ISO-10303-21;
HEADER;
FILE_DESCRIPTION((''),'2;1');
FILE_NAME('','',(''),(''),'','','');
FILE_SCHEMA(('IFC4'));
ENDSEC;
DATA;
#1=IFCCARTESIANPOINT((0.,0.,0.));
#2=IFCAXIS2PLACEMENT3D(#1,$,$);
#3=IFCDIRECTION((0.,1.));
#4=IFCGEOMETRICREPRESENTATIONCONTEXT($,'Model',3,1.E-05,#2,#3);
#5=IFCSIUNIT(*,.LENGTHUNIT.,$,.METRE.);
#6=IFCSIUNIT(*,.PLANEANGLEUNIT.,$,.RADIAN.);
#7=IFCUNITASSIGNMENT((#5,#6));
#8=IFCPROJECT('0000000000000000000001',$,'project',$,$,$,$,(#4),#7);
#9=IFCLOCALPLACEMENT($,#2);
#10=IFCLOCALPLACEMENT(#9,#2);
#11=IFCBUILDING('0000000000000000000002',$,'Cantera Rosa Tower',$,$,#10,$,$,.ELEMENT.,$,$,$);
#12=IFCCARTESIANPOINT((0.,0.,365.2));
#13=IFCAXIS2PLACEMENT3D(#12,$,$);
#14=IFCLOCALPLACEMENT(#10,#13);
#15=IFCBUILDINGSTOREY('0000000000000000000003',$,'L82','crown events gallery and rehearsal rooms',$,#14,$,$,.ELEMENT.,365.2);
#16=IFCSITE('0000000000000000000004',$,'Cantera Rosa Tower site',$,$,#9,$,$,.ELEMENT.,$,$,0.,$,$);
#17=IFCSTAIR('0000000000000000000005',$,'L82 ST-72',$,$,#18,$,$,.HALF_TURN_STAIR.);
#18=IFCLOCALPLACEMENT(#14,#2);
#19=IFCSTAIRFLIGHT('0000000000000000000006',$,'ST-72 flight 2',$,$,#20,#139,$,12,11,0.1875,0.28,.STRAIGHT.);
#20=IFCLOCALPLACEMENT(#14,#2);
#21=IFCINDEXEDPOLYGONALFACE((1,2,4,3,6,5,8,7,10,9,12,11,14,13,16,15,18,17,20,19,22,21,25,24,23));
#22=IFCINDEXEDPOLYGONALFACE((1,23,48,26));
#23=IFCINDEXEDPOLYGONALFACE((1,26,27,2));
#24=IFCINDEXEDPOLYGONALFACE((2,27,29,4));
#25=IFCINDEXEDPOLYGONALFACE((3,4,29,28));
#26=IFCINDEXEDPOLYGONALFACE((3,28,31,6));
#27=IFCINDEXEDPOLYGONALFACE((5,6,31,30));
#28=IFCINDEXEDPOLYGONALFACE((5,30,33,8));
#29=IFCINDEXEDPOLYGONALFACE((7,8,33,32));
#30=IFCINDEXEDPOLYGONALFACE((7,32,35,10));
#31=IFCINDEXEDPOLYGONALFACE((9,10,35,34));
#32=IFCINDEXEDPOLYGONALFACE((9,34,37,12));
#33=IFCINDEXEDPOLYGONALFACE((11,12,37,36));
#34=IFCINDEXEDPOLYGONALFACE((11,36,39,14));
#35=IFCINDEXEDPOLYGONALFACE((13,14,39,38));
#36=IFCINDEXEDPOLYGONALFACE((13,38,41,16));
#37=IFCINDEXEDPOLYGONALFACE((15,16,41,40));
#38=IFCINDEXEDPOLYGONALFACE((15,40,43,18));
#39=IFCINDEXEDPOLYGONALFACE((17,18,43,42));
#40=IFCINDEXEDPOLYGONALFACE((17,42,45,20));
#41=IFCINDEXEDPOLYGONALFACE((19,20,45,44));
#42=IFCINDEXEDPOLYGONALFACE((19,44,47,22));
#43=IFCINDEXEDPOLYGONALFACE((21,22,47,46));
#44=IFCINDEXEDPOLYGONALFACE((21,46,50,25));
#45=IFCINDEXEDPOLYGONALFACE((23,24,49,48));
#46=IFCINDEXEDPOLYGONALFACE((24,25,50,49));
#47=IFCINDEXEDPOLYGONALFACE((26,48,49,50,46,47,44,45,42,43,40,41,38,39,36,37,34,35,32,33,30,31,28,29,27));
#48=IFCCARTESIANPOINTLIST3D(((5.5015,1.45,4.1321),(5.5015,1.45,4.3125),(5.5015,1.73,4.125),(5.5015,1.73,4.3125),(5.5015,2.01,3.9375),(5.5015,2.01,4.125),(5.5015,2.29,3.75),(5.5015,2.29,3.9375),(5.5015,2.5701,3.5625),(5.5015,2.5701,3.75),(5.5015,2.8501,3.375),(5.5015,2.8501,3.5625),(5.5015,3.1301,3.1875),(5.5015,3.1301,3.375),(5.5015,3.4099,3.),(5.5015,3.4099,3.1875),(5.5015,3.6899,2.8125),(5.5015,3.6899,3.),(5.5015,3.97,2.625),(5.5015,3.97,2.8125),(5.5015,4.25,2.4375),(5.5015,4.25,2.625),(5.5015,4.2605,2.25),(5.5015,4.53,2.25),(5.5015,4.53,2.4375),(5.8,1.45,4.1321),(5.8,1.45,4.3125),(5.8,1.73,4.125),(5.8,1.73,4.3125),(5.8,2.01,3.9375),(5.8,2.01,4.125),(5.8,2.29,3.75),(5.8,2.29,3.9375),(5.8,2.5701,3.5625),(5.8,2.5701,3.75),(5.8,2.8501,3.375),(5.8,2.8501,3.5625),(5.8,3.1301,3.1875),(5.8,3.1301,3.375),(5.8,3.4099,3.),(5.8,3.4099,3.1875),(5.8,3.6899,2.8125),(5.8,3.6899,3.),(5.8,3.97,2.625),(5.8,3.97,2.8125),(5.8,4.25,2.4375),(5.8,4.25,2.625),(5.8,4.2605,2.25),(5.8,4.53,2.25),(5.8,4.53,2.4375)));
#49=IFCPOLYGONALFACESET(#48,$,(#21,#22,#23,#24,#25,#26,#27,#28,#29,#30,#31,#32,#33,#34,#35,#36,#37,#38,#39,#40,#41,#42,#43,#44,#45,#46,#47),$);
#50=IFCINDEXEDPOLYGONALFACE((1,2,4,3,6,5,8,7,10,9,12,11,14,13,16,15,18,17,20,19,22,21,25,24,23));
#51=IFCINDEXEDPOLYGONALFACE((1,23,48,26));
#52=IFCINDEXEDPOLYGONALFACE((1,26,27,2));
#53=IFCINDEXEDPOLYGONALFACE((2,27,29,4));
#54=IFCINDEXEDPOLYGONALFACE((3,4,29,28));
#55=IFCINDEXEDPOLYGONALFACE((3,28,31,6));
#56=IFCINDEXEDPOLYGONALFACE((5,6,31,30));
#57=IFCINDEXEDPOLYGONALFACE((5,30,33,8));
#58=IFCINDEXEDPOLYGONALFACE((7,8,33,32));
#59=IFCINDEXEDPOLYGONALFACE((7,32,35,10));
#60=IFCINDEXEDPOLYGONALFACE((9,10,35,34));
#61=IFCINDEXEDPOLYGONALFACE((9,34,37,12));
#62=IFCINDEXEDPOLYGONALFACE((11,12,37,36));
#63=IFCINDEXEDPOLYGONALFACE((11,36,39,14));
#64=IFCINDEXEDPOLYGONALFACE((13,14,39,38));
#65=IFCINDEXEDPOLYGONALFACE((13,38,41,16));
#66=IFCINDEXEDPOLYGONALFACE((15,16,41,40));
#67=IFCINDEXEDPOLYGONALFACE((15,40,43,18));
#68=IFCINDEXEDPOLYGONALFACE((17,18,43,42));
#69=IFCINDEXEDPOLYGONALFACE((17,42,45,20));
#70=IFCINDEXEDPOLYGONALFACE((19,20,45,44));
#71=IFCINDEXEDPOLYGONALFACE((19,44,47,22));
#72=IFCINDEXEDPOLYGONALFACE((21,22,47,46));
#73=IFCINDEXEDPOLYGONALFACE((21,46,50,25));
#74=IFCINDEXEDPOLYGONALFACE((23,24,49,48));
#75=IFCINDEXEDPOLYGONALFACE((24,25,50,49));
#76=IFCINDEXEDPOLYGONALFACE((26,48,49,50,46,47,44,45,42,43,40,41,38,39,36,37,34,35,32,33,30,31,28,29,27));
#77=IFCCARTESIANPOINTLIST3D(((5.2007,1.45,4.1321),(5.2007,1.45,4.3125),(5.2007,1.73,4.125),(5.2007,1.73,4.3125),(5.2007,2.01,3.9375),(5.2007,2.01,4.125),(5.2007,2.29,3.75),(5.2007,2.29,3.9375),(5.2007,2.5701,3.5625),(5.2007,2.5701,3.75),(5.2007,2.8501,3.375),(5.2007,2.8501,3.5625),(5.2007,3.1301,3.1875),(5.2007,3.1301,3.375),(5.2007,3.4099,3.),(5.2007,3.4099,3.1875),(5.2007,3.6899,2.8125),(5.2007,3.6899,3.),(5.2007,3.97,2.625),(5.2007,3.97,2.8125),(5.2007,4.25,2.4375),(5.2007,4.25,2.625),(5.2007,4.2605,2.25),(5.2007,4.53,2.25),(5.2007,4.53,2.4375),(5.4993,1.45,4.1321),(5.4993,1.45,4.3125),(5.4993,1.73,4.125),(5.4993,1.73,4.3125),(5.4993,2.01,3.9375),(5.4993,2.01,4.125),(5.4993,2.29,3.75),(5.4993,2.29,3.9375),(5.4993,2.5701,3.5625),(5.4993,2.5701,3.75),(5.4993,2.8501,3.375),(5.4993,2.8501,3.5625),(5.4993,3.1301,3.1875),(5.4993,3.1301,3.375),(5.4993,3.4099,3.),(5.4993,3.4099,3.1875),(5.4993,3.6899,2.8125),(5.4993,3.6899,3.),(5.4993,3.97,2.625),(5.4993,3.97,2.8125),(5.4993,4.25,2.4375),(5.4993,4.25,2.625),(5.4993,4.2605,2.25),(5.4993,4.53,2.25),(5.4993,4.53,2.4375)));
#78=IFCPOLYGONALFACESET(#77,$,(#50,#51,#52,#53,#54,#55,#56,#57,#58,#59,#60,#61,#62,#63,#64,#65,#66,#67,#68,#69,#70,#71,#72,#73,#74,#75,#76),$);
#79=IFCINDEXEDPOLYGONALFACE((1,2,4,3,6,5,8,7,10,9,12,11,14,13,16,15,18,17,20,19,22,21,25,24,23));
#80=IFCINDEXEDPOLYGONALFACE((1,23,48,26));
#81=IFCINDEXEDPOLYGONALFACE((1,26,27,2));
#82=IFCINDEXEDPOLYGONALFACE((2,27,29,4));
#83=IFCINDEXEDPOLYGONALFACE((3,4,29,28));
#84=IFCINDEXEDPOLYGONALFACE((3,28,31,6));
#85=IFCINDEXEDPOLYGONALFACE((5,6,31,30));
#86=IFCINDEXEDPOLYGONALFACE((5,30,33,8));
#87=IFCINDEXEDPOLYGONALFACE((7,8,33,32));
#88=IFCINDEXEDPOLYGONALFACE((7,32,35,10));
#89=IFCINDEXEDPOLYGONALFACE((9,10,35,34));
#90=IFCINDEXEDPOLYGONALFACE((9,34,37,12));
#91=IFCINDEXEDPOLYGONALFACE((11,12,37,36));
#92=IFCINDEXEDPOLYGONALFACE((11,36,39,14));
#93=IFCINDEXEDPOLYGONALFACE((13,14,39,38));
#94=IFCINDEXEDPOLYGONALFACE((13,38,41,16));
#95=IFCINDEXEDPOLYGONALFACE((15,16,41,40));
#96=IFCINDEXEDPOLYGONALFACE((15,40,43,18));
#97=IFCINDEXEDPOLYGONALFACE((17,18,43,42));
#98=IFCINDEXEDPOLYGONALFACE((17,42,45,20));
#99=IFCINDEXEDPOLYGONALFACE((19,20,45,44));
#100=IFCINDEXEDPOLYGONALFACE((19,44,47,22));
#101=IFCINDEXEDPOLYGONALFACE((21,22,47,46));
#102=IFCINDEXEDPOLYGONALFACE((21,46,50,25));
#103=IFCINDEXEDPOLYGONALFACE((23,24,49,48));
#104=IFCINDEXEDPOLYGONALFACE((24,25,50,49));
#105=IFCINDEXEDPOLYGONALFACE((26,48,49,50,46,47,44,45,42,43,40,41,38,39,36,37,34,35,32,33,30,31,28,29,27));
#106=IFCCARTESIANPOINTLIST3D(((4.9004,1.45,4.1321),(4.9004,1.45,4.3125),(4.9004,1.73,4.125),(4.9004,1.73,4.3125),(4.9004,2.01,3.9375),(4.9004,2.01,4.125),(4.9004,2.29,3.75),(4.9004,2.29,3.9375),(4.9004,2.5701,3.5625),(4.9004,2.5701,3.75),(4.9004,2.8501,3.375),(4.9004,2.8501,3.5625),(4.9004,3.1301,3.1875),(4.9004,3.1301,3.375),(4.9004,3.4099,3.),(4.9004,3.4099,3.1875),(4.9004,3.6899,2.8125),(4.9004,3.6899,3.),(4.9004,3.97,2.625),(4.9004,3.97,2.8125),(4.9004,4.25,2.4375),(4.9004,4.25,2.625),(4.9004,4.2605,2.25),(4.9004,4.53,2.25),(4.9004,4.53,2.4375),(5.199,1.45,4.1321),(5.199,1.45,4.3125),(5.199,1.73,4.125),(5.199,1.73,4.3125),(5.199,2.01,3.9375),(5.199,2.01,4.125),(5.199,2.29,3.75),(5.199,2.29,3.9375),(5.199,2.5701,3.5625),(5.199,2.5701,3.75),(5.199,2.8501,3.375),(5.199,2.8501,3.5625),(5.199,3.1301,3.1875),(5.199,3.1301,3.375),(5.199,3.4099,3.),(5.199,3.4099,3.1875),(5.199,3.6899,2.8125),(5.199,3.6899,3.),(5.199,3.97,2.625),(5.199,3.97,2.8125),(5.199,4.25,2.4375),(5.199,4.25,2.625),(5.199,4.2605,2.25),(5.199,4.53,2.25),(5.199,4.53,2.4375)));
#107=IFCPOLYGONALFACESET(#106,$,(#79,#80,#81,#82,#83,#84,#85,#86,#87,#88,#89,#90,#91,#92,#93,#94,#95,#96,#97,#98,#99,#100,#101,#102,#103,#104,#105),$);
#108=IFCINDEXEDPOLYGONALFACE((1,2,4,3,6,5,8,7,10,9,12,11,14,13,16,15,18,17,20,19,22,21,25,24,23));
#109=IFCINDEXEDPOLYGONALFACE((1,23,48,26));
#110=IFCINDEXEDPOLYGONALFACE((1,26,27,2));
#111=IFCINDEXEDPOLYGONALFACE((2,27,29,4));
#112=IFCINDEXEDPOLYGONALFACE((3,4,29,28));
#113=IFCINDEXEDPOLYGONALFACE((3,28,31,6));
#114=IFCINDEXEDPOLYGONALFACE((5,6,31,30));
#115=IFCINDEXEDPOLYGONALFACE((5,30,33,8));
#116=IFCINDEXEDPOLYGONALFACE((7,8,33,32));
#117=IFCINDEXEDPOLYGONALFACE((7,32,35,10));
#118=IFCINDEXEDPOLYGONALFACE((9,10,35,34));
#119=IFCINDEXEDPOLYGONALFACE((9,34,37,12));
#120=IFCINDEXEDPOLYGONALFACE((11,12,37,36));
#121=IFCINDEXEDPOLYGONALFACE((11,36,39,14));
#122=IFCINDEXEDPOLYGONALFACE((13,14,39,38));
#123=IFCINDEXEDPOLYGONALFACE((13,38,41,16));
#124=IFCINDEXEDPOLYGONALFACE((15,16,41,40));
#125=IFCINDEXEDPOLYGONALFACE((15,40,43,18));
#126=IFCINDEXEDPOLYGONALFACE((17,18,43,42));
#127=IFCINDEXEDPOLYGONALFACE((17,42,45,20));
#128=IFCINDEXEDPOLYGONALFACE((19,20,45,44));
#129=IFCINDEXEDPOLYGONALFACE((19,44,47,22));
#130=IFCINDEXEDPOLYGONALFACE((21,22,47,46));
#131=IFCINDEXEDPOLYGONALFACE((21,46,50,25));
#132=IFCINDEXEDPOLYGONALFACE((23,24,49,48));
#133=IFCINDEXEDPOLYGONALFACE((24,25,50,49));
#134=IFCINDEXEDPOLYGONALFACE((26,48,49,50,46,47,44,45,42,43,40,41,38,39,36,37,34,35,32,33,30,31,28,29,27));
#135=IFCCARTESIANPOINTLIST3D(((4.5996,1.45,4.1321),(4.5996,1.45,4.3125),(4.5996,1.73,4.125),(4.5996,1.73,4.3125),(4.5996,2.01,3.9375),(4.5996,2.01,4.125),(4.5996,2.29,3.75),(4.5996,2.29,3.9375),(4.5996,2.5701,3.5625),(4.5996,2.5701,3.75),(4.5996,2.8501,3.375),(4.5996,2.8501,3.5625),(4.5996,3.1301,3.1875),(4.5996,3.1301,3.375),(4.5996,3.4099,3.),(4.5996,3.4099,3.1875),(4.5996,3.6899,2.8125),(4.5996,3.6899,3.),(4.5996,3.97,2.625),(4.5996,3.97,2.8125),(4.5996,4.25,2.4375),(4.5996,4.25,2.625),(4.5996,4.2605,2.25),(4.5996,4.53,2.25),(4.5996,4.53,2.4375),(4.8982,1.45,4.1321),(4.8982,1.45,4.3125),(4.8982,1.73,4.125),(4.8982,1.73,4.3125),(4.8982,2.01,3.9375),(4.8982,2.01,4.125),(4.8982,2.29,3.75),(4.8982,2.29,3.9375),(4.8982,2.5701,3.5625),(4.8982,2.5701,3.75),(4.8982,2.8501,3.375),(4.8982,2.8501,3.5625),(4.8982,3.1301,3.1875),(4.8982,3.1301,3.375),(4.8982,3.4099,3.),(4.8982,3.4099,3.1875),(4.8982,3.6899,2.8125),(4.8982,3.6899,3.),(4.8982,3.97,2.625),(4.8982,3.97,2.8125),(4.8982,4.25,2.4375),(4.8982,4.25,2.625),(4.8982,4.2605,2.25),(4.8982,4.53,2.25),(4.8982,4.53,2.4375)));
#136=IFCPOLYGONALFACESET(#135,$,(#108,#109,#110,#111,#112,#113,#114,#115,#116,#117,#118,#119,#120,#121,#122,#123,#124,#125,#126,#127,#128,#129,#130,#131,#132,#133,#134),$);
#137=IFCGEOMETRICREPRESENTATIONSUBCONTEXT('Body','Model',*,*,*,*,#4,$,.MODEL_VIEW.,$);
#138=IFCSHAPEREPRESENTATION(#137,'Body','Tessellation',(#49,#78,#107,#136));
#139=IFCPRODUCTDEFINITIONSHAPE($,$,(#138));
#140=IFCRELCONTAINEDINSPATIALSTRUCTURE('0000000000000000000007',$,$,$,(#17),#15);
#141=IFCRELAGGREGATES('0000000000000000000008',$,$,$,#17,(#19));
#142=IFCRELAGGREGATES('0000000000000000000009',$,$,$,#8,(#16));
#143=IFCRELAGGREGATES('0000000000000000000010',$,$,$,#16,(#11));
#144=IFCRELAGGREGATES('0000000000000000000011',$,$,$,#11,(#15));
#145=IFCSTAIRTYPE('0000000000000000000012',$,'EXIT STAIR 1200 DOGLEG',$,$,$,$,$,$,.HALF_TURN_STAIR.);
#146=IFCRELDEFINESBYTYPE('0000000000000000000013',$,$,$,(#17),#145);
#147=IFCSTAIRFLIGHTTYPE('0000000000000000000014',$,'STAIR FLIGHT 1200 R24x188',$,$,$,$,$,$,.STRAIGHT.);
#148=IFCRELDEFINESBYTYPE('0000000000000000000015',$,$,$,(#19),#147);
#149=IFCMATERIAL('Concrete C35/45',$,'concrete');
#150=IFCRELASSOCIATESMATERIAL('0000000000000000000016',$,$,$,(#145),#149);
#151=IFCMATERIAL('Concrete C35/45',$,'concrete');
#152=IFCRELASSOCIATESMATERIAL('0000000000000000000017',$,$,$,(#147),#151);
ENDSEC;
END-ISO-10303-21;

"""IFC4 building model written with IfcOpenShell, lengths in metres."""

from ifc_helpers import new_model, si_unit, direction, frame, origin, place, context, subcontext, project, spatial, polyline, outline, extrude, material, type_object, element, aggregate, save


model = new_model("IFC4")

# Units and contexts
model_context = context("Model", 3, precision=1e-05, world=origin(), true_north=direction((0.0, 1.0)))
body_context = subcontext(model_context, "Body", "Model", "MODEL_VIEW")
ifc_project = project(units=[si_unit("LENGTHUNIT", "METRE"), si_unit("PLANEANGLEUNIT", "RADIAN")], contexts=[model_context])

# Site, building, storey
site_placement = place(None, origin())
site = spatial("IfcSite", under=ifc_project, at=site_placement, Name="Cantera Rosa Tower site", CompositionType="ELEMENT", RefElevation=0.0)
building_placement = place(site_placement, origin())
building = spatial("IfcBuilding", under=site, at=building_placement, Name="Cantera Rosa Tower", CompositionType="ELEMENT")
storey_placement = place(building_placement, frame((0.0, 0.0, 365.2)))
storey = spatial("IfcBuildingStorey", under=building, at=storey_placement, Name="L82", Description="crown events gallery and rehearsal rooms", CompositionType="ELEMENT", Elevation=365.2)

# Stair, stair flight
ifc_material_1 = material(Name="Concrete C35/45", Category="concrete")
stair_type = type_object("IfcStairType", Name="EXIT STAIR 1200 DOGLEG", PredefinedType="HALF_TURN_STAIR", material=ifc_material_1)
stair_placement = place(storey_placement, origin())
stair = element("IfcStair", 1, at=stair_placement, inside=storey, type_object=stair_type, Name="L82 ST-72", PredefinedType="HALF_TURN_STAIR")
ifc_material_2 = material(Name="Concrete C35/45", Category="concrete")
stair_flight_type = type_object("IfcStairFlightType", Name="STAIR FLIGHT 1200 R24x188", PredefinedType="STRAIGHT", material=ifc_material_2)
stair_flight_1_placement = place(storey_placement, frame((5.2, 4.53, 2.25), z_axis=(0.0, 0.0, 1.0), x_axis=(0.0, -1.0, 0.0)))
stair_flight_1 = element("IfcStairFlight", 2, at=stair_flight_1_placement, type_object=stair_flight_type, Name="ST-72 flight 2", NumberOfRisers=12, NumberOfTreads=11, PredefinedType="STRAIGHT", RiserHeight=0.1875, TreadLength=0.28, context=body_context, shape_type="SweptSolid", body=[
    extrude(outline(polyline([(0.0, 0.0), (0.0, 0.1875), (0.28, 0.1875), (0.28, 0.375), (0.5601, 0.375), (0.5601, 0.5625), (0.8401, 0.5625), (0.8401, 0.75), (1.1201, 0.75), (1.1201, 0.9375), (1.3999, 0.9375), (1.3999, 1.125), (1.6799, 1.125), (1.6799, 1.3125), (1.96, 1.3125), (1.96, 1.5), (2.24, 1.5), (2.24, 1.6875), (2.52, 1.6875), (2.52, 1.875), (2.8, 1.875), (2.8, 2.0625), (3.0801, 2.0625), (3.0801, 2.25), (3.0801, 1.8821), (0.2695, 0.0), (0.0, 0.0)])), frame((0.0, 0.6001, 0.0), z_axis=(0.0, -1.0, 0.0), x_axis=(1.0, 0.0, 0.0)), (0.0, 0.0, 1.0), 0.2986),
    extrude(outline(polyline([(0.0, 0.0), (0.0, 0.1875), (0.28, 0.1875), (0.28, 0.375), (0.5601, 0.375), (0.5601, 0.5625), (0.8401, 0.5625), (0.8401, 0.75), (1.1201, 0.75), (1.1201, 0.9375), (1.3999, 0.9375), (1.3999, 1.125), (1.6799, 1.125), (1.6799, 1.3125), (1.96, 1.3125), (1.96, 1.5), (2.24, 1.5), (2.24, 1.6875), (2.52, 1.6875), (2.52, 1.875), (2.8, 1.875), (2.8, 2.0625), (3.0801, 2.0625), (3.0801, 2.25), (3.0801, 1.8821), (0.2695, 0.0), (0.0, 0.0)])), frame((0.0, 0.2993, 0.0), z_axis=(0.0, -1.0, 0.0), x_axis=(1.0, 0.0, 0.0)), (0.0, 0.0, 1.0), 0.2986),
    extrude(outline(polyline([(0.0, 0.0), (0.0, 0.1875), (0.28, 0.1875), (0.28, 0.375), (0.5601, 0.375), (0.5601, 0.5625), (0.8401, 0.5625), (0.8401, 0.75), (1.1201, 0.75), (1.1201, 0.9375), (1.3999, 0.9375), (1.3999, 1.125), (1.6799, 1.125), (1.6799, 1.3125), (1.96, 1.3125), (1.96, 1.5), (2.24, 1.5), (2.24, 1.6875), (2.52, 1.6875), (2.52, 1.875), (2.8, 1.875), (2.8, 2.0625), (3.0801, 2.0625), (3.0801, 2.25), (3.0801, 1.8821), (0.2695, 0.0), (0.0, 0.0)])), frame((0.0, -0.001, 0.0), z_axis=(0.0, -1.0, 0.0), x_axis=(1.0, 0.0, 0.0)), (0.0, 0.0, 1.0), 0.2986),
    extrude(outline(polyline([(0.0, 0.0), (0.0, 0.1875), (0.28, 0.1875), (0.28, 0.375), (0.5601, 0.375), (0.5601, 0.5625), (0.8401, 0.5625), (0.8401, 0.75), (1.1201, 0.75), (1.1201, 0.9375), (1.3999, 0.9375), (1.3999, 1.125), (1.6799, 1.125), (1.6799, 1.3125), (1.96, 1.3125), (1.96, 1.5), (2.24, 1.5), (2.24, 1.6875), (2.52, 1.6875), (2.52, 1.875), (2.8, 1.875), (2.8, 2.0625), (3.0801, 2.0625), (3.0801, 2.25), (3.0801, 1.8821), (0.2695, 0.0), (0.0, 0.0)])), frame((0.0, -0.3018, 0.0), z_axis=(0.0, -1.0, 0.0), x_axis=(1.0, 0.0, 0.0)), (0.0, 0.0, 1.0), 0.2986),
])
aggregate(stair, [stair_flight_1])

save(model, "model.ifc")
